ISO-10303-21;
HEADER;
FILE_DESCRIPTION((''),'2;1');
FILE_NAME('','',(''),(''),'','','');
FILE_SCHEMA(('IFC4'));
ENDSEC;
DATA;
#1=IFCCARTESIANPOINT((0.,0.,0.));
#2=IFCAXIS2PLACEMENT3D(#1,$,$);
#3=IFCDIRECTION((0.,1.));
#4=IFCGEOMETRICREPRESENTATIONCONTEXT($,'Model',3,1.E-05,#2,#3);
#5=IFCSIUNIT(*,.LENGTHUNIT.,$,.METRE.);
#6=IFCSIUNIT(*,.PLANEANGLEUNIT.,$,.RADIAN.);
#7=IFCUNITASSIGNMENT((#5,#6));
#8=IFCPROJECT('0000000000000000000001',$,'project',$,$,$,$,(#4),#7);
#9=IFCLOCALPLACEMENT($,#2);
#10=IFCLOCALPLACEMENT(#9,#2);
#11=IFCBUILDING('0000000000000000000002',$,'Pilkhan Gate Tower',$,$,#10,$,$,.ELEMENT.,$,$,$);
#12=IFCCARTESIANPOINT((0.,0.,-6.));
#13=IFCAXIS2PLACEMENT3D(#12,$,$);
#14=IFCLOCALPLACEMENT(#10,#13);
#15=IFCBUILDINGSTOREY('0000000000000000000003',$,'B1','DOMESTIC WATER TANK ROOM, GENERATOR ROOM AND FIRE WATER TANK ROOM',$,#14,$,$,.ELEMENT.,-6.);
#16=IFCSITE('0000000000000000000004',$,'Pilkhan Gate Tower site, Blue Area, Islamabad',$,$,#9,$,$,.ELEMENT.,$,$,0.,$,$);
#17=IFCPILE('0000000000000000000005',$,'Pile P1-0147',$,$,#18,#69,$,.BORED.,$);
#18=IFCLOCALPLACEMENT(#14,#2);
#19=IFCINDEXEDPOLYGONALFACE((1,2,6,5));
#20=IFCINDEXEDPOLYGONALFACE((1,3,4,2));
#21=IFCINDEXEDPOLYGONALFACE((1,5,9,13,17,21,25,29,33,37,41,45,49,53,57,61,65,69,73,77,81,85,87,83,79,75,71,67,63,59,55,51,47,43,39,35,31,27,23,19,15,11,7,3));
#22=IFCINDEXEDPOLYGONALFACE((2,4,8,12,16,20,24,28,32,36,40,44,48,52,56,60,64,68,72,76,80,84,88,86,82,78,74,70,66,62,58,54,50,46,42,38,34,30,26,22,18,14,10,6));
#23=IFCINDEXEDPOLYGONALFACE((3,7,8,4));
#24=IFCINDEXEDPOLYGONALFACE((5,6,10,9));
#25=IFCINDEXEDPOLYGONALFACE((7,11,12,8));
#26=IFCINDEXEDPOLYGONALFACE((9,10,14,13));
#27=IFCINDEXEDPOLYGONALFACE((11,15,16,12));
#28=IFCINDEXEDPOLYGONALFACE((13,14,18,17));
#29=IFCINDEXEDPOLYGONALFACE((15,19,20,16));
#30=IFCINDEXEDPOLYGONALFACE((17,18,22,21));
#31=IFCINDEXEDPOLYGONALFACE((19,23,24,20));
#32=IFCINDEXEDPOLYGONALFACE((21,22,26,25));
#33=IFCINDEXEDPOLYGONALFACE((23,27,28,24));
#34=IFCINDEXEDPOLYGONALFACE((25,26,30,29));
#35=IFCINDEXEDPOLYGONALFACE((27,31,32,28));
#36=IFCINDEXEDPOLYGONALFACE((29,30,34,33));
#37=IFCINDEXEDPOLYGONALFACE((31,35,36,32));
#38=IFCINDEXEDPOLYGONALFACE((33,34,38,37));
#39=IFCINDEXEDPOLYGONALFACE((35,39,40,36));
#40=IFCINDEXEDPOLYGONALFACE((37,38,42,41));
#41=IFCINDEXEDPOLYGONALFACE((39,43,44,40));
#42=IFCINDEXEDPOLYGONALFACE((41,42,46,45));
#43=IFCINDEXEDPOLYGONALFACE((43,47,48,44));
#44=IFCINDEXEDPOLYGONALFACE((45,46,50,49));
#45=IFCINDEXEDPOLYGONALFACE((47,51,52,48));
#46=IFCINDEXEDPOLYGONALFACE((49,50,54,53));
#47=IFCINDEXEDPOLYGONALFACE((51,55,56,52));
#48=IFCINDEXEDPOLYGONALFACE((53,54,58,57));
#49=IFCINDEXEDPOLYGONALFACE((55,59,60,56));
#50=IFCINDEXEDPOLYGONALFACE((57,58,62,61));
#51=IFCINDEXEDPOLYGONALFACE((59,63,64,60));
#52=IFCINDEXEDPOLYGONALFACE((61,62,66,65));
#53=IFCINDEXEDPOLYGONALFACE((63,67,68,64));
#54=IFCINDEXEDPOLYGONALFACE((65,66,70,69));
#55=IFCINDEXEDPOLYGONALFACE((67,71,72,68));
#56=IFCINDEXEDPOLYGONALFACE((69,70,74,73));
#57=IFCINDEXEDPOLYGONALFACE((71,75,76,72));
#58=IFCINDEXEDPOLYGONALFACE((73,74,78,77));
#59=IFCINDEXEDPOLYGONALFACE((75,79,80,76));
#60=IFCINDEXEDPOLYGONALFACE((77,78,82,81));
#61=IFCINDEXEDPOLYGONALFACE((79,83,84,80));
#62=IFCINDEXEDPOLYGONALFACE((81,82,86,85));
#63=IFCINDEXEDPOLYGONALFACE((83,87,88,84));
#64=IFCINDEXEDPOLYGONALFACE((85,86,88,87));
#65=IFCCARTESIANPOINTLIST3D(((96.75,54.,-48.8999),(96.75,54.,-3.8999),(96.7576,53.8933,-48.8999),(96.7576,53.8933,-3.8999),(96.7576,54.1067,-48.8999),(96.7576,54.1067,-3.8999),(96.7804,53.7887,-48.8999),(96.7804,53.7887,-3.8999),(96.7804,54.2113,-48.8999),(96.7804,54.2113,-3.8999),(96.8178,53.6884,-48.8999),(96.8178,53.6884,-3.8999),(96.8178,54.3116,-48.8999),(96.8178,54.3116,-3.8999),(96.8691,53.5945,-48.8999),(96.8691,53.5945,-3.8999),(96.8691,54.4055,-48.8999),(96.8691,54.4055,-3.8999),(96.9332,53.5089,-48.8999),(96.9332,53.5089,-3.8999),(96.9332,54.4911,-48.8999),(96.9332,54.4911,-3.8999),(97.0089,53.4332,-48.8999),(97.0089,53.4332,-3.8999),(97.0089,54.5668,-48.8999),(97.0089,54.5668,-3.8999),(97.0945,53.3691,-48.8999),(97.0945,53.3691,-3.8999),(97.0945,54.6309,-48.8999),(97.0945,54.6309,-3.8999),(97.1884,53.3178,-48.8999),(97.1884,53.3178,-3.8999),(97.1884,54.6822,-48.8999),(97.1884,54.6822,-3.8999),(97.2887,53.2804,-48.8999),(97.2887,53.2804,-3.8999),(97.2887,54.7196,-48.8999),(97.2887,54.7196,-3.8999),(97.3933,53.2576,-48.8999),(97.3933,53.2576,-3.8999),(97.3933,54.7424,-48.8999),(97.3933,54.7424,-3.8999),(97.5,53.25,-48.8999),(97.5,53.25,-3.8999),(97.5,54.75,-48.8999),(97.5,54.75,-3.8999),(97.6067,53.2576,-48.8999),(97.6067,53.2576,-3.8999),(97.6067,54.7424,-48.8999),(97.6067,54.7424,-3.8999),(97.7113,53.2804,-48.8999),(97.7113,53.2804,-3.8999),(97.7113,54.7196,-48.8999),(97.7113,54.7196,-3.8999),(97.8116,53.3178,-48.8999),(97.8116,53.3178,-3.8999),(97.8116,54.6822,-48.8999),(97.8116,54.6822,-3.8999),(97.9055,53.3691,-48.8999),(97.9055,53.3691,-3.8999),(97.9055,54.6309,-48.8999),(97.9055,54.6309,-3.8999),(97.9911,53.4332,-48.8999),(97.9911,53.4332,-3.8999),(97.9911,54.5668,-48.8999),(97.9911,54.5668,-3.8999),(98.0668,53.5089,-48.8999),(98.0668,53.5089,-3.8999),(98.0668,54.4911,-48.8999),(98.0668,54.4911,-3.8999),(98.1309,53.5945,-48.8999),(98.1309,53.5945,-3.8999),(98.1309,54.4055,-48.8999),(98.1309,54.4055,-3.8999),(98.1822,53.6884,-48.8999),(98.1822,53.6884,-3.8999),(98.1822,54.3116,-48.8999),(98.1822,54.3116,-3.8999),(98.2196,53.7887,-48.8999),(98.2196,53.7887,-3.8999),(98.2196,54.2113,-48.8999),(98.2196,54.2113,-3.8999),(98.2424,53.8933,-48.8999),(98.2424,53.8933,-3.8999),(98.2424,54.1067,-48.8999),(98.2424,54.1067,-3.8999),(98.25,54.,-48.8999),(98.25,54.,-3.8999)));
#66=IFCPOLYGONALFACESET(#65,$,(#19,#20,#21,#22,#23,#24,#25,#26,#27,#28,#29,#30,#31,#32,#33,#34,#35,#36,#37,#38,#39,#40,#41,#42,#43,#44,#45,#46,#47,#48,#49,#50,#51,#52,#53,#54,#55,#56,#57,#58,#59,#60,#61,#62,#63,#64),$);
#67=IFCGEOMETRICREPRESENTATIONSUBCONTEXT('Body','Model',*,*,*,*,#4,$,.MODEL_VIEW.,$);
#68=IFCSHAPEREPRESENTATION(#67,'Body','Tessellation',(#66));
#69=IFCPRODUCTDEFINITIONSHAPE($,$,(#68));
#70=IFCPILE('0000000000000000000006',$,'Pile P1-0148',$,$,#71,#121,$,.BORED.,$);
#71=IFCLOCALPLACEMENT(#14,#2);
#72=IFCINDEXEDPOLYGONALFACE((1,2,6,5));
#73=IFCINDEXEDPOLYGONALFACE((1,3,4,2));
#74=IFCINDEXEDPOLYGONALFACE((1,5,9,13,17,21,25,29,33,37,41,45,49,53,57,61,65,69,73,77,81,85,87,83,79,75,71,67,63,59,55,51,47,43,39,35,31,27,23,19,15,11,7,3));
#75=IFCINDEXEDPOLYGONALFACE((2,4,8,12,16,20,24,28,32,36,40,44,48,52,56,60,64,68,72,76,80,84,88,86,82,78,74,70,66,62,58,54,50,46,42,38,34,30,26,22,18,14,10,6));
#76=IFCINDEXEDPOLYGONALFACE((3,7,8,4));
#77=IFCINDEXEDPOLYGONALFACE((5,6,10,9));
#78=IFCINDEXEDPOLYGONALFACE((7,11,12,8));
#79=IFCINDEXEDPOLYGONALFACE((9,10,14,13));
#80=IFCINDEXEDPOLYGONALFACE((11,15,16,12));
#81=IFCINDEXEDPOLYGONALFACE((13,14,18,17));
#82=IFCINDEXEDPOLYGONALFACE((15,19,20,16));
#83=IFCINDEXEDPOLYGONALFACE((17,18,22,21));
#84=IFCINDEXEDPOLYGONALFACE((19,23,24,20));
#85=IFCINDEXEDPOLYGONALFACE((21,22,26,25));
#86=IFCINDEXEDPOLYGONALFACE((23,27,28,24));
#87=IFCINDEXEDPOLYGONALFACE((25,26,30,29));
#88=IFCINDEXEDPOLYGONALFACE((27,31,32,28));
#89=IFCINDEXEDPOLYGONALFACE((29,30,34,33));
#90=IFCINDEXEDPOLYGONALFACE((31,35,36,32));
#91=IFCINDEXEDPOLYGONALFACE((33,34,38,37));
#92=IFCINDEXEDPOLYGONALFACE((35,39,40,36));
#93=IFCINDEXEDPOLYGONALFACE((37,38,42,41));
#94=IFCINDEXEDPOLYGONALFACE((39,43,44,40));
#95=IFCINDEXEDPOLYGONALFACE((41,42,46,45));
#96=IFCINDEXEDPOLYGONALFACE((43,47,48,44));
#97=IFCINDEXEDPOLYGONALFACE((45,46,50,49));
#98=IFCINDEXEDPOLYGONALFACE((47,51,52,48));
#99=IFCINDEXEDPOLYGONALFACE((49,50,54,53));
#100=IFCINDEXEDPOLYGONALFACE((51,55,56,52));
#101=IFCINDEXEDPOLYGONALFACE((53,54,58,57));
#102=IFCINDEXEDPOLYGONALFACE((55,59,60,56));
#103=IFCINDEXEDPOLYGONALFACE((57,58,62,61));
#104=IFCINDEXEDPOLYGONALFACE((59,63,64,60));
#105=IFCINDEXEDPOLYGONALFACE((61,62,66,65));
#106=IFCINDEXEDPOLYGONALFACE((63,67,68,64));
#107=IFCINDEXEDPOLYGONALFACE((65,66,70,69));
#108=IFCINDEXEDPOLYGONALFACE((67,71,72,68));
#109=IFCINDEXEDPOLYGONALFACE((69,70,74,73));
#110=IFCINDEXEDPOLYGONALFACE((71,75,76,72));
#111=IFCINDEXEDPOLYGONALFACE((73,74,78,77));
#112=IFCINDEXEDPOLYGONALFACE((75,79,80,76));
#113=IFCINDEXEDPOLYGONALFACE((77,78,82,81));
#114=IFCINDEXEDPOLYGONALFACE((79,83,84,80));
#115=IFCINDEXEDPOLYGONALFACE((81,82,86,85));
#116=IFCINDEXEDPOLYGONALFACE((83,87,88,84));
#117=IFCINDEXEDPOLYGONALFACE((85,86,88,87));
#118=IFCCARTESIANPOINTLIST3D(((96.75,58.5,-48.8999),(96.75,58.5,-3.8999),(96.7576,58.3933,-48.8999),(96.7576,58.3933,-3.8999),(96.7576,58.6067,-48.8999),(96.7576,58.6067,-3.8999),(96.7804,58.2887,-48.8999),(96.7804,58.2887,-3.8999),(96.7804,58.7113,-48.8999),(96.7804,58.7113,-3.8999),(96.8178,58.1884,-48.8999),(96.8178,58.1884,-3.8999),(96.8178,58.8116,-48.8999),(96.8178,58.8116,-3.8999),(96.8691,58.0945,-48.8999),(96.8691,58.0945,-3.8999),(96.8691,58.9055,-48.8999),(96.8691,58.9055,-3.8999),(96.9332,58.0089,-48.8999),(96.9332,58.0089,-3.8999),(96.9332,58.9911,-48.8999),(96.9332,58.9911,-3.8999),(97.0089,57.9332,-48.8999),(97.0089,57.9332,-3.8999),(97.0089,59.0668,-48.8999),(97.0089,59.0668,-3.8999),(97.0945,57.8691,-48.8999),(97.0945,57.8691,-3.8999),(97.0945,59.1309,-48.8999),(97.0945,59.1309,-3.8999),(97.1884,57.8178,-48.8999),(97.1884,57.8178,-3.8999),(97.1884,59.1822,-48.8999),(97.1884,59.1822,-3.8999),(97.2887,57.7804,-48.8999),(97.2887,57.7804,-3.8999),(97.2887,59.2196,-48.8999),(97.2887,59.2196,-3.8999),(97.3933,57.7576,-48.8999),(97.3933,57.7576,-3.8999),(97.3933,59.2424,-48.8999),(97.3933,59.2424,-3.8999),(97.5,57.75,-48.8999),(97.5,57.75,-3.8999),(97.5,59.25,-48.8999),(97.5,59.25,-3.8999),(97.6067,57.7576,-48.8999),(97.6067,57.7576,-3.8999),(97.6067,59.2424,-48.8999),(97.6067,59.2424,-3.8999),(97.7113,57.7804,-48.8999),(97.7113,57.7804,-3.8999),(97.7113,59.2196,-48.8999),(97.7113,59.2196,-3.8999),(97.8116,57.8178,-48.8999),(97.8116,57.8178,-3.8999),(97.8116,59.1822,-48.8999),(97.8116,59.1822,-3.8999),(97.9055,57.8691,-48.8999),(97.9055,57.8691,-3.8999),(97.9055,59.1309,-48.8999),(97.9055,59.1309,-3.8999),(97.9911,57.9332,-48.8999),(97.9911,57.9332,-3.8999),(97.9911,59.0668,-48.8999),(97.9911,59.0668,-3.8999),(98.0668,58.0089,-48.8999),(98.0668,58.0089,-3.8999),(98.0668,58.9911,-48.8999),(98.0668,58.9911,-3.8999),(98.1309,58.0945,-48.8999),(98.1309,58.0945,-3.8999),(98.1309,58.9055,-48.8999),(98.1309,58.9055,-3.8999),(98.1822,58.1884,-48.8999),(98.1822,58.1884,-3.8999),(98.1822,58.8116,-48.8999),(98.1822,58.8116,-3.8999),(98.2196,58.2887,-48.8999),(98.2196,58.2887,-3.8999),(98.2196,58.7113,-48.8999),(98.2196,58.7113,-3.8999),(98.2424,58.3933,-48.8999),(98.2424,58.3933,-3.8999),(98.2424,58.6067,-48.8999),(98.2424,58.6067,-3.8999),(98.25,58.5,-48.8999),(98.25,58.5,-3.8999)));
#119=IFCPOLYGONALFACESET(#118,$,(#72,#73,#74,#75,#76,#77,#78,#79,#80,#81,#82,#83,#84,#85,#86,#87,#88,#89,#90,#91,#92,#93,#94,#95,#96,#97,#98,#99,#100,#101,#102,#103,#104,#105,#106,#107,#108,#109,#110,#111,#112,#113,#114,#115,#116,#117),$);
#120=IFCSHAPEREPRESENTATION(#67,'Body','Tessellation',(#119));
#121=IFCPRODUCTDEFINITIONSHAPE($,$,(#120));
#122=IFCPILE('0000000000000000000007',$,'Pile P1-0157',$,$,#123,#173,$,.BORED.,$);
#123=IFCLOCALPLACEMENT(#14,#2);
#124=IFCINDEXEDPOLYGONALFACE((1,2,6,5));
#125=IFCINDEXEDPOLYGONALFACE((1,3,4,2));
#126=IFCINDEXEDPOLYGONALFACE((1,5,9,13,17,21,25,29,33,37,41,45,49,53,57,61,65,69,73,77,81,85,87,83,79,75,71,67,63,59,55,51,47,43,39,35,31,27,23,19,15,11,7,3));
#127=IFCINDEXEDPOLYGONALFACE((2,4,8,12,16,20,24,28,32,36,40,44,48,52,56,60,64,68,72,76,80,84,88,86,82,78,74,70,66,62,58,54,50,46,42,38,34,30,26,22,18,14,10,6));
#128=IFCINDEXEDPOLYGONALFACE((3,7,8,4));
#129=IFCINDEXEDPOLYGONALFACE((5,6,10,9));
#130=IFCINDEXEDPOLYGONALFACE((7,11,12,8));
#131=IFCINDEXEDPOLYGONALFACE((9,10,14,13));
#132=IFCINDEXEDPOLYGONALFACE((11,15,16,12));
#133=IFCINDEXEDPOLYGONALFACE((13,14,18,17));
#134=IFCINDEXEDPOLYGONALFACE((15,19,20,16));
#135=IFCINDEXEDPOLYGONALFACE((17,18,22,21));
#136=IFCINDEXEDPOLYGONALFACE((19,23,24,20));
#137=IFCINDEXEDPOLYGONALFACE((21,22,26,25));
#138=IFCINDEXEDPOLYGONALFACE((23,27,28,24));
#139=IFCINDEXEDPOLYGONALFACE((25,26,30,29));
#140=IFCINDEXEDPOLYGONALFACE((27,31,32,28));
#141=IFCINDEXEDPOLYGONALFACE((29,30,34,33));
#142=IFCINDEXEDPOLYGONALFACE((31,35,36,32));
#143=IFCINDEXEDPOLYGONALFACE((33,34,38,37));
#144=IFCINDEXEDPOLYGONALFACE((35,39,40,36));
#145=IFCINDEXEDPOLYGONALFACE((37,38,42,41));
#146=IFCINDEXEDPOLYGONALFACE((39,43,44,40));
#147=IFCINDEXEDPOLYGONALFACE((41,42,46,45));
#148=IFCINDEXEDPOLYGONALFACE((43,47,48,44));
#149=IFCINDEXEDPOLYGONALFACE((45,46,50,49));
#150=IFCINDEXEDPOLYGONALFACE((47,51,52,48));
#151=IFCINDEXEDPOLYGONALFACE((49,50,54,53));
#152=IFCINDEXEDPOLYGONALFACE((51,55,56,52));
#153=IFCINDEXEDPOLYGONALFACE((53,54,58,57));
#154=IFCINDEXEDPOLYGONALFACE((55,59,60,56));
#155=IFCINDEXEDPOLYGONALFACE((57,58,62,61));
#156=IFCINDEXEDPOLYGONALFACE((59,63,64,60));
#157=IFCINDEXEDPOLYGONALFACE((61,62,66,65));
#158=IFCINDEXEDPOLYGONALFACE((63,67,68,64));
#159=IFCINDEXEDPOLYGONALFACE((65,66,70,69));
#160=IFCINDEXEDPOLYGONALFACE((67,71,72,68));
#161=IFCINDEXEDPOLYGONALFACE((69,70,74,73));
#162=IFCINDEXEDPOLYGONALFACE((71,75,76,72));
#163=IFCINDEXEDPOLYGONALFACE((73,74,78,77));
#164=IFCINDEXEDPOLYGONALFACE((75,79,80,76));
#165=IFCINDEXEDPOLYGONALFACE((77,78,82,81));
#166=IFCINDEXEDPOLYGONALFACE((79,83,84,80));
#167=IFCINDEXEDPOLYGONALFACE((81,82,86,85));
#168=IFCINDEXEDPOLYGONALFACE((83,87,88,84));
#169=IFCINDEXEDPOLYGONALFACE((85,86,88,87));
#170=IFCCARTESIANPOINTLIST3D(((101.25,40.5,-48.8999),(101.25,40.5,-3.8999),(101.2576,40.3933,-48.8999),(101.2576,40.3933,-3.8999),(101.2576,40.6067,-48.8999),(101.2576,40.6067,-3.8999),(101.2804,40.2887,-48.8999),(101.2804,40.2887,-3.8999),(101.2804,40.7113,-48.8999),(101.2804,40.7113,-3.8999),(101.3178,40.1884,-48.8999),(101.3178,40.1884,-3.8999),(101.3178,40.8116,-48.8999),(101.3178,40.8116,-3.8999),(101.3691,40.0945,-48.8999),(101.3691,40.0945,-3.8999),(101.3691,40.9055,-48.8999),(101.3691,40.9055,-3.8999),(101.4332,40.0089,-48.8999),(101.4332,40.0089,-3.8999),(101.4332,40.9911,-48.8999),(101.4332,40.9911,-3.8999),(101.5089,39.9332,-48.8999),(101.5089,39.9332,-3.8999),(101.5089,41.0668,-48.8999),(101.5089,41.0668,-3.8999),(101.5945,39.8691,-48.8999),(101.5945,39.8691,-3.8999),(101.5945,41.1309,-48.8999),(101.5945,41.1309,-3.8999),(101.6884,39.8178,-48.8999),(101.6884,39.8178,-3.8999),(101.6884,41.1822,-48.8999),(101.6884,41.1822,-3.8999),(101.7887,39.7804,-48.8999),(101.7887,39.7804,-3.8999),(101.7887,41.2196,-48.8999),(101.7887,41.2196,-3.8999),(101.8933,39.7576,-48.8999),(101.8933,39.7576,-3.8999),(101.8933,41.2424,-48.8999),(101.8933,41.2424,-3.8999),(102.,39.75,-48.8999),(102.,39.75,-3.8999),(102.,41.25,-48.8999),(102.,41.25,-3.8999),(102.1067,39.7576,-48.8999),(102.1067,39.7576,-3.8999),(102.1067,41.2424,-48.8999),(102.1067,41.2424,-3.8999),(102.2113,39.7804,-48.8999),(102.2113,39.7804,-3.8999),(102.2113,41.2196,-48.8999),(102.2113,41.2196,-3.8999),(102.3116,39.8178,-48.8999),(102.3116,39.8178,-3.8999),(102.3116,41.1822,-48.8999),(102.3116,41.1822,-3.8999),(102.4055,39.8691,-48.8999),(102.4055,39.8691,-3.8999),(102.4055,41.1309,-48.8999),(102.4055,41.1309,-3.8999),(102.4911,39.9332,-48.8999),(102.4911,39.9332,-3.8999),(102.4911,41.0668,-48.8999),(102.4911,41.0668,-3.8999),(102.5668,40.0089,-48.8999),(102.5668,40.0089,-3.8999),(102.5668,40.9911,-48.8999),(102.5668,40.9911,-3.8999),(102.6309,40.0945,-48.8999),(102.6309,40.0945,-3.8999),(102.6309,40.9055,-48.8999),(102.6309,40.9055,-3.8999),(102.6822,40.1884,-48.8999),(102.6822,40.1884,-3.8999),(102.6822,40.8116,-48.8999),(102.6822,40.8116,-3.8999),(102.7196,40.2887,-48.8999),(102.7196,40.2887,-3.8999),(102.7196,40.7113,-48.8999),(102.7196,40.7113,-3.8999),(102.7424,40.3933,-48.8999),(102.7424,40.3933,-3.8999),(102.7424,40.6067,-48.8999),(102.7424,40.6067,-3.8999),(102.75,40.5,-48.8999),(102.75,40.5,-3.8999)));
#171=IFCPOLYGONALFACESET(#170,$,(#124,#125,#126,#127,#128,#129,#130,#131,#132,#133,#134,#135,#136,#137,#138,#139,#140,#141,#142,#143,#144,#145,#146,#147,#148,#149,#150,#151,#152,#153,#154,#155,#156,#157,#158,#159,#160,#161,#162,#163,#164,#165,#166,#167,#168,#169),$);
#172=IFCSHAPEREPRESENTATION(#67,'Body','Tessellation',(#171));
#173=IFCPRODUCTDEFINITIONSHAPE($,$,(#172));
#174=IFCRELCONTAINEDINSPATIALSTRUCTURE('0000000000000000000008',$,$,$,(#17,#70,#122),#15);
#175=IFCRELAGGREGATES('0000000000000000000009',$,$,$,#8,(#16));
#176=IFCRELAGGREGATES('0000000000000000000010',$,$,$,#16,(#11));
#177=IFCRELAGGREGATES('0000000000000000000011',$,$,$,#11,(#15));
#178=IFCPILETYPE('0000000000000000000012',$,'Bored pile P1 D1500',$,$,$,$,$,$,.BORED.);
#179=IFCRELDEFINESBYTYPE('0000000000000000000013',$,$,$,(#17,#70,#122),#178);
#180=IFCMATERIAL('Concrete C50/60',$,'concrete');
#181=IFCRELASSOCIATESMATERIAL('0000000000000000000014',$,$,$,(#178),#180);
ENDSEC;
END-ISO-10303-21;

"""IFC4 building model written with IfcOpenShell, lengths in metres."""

from ifc_helpers import new_model, si_unit, direction, frame, origin, origin_2d, place, context, subcontext, project, spatial, circle, extrude, material, material_profile, profile_set, type_object, element, save


model = new_model("IFC4")

# Units and contexts
model_context = context("Model", 3, precision=1e-05, world=origin(), true_north=direction((0.0, 1.0)))
body_context = subcontext(model_context, "Body", "Model", "MODEL_VIEW")
ifc_project = project(units=[si_unit("LENGTHUNIT", "METRE"), si_unit("PLANEANGLEUNIT", "RADIAN")], contexts=[model_context])

# Site, building, storey
site_placement = place(None, origin())
site = spatial("IfcSite", under=ifc_project, at=site_placement, Name="Pilkhan Gate Tower site, Blue Area, Islamabad", CompositionType="ELEMENT", RefElevation=0.0)
building_placement = place(site_placement, origin())
building = spatial("IfcBuilding", under=site, at=building_placement, Name="Pilkhan Gate Tower", CompositionType="ELEMENT")
storey_placement = place(building_placement, frame((0.0, 0.0, -6.0)))
storey = spatial("IfcBuildingStorey", under=building, at=storey_placement, Name="B1", Description="DOMESTIC WATER TANK ROOM, GENERATOR ROOM AND FIRE WATER TANK ROOM", CompositionType="ELEMENT", Elevation=-6.0)

# Piles
ifc_material_1 = material(Name="Concrete C50/60", Category="concrete")
ifc_material_profile_1 = material_profile(ifc_material_1, circle(Radius=0.75, at=origin_2d()), Name="Bored pile 1500 dia")
ifc_profile_set_1 = profile_set([ifc_material_profile_1], Name="Concrete C50/60")
pile_type = type_object("IfcPileType", Name="Bored pile P1 D1500", PredefinedType="BORED", material=ifc_profile_set_1)
for number, where, z_axis, x_axis, name in (
    (1, (97.5, 54.0, -3.8999), (0.0, 0.0, -1.0), (1.0, 0.0, 0.0), "Pile P1-0147"),
    (2, (97.5, 58.5, -3.8999), (0.0, 0.0, -1.0), (1.0, 0.0, 0.0), "Pile P1-0148"),
    (3, (102.0, 40.5, -3.8999), (0.0, 0.0, -1.0), (1.0, 0.0, 0.0), "Pile P1-0157"),
):
    element("IfcPile", number, at=place(storey_placement, frame(where, z_axis=z_axis, x_axis=x_axis)), inside=storey, type_object=pile_type, Name=name, PredefinedType="BORED", context=body_context, shape_type="SweptSolid", body=[
        extrude(circle(Radius=0.75, at=origin_2d()), origin(), (0.0, 0.0, 1.0), 45.0),
    ])

save(model, "model.ifc")
